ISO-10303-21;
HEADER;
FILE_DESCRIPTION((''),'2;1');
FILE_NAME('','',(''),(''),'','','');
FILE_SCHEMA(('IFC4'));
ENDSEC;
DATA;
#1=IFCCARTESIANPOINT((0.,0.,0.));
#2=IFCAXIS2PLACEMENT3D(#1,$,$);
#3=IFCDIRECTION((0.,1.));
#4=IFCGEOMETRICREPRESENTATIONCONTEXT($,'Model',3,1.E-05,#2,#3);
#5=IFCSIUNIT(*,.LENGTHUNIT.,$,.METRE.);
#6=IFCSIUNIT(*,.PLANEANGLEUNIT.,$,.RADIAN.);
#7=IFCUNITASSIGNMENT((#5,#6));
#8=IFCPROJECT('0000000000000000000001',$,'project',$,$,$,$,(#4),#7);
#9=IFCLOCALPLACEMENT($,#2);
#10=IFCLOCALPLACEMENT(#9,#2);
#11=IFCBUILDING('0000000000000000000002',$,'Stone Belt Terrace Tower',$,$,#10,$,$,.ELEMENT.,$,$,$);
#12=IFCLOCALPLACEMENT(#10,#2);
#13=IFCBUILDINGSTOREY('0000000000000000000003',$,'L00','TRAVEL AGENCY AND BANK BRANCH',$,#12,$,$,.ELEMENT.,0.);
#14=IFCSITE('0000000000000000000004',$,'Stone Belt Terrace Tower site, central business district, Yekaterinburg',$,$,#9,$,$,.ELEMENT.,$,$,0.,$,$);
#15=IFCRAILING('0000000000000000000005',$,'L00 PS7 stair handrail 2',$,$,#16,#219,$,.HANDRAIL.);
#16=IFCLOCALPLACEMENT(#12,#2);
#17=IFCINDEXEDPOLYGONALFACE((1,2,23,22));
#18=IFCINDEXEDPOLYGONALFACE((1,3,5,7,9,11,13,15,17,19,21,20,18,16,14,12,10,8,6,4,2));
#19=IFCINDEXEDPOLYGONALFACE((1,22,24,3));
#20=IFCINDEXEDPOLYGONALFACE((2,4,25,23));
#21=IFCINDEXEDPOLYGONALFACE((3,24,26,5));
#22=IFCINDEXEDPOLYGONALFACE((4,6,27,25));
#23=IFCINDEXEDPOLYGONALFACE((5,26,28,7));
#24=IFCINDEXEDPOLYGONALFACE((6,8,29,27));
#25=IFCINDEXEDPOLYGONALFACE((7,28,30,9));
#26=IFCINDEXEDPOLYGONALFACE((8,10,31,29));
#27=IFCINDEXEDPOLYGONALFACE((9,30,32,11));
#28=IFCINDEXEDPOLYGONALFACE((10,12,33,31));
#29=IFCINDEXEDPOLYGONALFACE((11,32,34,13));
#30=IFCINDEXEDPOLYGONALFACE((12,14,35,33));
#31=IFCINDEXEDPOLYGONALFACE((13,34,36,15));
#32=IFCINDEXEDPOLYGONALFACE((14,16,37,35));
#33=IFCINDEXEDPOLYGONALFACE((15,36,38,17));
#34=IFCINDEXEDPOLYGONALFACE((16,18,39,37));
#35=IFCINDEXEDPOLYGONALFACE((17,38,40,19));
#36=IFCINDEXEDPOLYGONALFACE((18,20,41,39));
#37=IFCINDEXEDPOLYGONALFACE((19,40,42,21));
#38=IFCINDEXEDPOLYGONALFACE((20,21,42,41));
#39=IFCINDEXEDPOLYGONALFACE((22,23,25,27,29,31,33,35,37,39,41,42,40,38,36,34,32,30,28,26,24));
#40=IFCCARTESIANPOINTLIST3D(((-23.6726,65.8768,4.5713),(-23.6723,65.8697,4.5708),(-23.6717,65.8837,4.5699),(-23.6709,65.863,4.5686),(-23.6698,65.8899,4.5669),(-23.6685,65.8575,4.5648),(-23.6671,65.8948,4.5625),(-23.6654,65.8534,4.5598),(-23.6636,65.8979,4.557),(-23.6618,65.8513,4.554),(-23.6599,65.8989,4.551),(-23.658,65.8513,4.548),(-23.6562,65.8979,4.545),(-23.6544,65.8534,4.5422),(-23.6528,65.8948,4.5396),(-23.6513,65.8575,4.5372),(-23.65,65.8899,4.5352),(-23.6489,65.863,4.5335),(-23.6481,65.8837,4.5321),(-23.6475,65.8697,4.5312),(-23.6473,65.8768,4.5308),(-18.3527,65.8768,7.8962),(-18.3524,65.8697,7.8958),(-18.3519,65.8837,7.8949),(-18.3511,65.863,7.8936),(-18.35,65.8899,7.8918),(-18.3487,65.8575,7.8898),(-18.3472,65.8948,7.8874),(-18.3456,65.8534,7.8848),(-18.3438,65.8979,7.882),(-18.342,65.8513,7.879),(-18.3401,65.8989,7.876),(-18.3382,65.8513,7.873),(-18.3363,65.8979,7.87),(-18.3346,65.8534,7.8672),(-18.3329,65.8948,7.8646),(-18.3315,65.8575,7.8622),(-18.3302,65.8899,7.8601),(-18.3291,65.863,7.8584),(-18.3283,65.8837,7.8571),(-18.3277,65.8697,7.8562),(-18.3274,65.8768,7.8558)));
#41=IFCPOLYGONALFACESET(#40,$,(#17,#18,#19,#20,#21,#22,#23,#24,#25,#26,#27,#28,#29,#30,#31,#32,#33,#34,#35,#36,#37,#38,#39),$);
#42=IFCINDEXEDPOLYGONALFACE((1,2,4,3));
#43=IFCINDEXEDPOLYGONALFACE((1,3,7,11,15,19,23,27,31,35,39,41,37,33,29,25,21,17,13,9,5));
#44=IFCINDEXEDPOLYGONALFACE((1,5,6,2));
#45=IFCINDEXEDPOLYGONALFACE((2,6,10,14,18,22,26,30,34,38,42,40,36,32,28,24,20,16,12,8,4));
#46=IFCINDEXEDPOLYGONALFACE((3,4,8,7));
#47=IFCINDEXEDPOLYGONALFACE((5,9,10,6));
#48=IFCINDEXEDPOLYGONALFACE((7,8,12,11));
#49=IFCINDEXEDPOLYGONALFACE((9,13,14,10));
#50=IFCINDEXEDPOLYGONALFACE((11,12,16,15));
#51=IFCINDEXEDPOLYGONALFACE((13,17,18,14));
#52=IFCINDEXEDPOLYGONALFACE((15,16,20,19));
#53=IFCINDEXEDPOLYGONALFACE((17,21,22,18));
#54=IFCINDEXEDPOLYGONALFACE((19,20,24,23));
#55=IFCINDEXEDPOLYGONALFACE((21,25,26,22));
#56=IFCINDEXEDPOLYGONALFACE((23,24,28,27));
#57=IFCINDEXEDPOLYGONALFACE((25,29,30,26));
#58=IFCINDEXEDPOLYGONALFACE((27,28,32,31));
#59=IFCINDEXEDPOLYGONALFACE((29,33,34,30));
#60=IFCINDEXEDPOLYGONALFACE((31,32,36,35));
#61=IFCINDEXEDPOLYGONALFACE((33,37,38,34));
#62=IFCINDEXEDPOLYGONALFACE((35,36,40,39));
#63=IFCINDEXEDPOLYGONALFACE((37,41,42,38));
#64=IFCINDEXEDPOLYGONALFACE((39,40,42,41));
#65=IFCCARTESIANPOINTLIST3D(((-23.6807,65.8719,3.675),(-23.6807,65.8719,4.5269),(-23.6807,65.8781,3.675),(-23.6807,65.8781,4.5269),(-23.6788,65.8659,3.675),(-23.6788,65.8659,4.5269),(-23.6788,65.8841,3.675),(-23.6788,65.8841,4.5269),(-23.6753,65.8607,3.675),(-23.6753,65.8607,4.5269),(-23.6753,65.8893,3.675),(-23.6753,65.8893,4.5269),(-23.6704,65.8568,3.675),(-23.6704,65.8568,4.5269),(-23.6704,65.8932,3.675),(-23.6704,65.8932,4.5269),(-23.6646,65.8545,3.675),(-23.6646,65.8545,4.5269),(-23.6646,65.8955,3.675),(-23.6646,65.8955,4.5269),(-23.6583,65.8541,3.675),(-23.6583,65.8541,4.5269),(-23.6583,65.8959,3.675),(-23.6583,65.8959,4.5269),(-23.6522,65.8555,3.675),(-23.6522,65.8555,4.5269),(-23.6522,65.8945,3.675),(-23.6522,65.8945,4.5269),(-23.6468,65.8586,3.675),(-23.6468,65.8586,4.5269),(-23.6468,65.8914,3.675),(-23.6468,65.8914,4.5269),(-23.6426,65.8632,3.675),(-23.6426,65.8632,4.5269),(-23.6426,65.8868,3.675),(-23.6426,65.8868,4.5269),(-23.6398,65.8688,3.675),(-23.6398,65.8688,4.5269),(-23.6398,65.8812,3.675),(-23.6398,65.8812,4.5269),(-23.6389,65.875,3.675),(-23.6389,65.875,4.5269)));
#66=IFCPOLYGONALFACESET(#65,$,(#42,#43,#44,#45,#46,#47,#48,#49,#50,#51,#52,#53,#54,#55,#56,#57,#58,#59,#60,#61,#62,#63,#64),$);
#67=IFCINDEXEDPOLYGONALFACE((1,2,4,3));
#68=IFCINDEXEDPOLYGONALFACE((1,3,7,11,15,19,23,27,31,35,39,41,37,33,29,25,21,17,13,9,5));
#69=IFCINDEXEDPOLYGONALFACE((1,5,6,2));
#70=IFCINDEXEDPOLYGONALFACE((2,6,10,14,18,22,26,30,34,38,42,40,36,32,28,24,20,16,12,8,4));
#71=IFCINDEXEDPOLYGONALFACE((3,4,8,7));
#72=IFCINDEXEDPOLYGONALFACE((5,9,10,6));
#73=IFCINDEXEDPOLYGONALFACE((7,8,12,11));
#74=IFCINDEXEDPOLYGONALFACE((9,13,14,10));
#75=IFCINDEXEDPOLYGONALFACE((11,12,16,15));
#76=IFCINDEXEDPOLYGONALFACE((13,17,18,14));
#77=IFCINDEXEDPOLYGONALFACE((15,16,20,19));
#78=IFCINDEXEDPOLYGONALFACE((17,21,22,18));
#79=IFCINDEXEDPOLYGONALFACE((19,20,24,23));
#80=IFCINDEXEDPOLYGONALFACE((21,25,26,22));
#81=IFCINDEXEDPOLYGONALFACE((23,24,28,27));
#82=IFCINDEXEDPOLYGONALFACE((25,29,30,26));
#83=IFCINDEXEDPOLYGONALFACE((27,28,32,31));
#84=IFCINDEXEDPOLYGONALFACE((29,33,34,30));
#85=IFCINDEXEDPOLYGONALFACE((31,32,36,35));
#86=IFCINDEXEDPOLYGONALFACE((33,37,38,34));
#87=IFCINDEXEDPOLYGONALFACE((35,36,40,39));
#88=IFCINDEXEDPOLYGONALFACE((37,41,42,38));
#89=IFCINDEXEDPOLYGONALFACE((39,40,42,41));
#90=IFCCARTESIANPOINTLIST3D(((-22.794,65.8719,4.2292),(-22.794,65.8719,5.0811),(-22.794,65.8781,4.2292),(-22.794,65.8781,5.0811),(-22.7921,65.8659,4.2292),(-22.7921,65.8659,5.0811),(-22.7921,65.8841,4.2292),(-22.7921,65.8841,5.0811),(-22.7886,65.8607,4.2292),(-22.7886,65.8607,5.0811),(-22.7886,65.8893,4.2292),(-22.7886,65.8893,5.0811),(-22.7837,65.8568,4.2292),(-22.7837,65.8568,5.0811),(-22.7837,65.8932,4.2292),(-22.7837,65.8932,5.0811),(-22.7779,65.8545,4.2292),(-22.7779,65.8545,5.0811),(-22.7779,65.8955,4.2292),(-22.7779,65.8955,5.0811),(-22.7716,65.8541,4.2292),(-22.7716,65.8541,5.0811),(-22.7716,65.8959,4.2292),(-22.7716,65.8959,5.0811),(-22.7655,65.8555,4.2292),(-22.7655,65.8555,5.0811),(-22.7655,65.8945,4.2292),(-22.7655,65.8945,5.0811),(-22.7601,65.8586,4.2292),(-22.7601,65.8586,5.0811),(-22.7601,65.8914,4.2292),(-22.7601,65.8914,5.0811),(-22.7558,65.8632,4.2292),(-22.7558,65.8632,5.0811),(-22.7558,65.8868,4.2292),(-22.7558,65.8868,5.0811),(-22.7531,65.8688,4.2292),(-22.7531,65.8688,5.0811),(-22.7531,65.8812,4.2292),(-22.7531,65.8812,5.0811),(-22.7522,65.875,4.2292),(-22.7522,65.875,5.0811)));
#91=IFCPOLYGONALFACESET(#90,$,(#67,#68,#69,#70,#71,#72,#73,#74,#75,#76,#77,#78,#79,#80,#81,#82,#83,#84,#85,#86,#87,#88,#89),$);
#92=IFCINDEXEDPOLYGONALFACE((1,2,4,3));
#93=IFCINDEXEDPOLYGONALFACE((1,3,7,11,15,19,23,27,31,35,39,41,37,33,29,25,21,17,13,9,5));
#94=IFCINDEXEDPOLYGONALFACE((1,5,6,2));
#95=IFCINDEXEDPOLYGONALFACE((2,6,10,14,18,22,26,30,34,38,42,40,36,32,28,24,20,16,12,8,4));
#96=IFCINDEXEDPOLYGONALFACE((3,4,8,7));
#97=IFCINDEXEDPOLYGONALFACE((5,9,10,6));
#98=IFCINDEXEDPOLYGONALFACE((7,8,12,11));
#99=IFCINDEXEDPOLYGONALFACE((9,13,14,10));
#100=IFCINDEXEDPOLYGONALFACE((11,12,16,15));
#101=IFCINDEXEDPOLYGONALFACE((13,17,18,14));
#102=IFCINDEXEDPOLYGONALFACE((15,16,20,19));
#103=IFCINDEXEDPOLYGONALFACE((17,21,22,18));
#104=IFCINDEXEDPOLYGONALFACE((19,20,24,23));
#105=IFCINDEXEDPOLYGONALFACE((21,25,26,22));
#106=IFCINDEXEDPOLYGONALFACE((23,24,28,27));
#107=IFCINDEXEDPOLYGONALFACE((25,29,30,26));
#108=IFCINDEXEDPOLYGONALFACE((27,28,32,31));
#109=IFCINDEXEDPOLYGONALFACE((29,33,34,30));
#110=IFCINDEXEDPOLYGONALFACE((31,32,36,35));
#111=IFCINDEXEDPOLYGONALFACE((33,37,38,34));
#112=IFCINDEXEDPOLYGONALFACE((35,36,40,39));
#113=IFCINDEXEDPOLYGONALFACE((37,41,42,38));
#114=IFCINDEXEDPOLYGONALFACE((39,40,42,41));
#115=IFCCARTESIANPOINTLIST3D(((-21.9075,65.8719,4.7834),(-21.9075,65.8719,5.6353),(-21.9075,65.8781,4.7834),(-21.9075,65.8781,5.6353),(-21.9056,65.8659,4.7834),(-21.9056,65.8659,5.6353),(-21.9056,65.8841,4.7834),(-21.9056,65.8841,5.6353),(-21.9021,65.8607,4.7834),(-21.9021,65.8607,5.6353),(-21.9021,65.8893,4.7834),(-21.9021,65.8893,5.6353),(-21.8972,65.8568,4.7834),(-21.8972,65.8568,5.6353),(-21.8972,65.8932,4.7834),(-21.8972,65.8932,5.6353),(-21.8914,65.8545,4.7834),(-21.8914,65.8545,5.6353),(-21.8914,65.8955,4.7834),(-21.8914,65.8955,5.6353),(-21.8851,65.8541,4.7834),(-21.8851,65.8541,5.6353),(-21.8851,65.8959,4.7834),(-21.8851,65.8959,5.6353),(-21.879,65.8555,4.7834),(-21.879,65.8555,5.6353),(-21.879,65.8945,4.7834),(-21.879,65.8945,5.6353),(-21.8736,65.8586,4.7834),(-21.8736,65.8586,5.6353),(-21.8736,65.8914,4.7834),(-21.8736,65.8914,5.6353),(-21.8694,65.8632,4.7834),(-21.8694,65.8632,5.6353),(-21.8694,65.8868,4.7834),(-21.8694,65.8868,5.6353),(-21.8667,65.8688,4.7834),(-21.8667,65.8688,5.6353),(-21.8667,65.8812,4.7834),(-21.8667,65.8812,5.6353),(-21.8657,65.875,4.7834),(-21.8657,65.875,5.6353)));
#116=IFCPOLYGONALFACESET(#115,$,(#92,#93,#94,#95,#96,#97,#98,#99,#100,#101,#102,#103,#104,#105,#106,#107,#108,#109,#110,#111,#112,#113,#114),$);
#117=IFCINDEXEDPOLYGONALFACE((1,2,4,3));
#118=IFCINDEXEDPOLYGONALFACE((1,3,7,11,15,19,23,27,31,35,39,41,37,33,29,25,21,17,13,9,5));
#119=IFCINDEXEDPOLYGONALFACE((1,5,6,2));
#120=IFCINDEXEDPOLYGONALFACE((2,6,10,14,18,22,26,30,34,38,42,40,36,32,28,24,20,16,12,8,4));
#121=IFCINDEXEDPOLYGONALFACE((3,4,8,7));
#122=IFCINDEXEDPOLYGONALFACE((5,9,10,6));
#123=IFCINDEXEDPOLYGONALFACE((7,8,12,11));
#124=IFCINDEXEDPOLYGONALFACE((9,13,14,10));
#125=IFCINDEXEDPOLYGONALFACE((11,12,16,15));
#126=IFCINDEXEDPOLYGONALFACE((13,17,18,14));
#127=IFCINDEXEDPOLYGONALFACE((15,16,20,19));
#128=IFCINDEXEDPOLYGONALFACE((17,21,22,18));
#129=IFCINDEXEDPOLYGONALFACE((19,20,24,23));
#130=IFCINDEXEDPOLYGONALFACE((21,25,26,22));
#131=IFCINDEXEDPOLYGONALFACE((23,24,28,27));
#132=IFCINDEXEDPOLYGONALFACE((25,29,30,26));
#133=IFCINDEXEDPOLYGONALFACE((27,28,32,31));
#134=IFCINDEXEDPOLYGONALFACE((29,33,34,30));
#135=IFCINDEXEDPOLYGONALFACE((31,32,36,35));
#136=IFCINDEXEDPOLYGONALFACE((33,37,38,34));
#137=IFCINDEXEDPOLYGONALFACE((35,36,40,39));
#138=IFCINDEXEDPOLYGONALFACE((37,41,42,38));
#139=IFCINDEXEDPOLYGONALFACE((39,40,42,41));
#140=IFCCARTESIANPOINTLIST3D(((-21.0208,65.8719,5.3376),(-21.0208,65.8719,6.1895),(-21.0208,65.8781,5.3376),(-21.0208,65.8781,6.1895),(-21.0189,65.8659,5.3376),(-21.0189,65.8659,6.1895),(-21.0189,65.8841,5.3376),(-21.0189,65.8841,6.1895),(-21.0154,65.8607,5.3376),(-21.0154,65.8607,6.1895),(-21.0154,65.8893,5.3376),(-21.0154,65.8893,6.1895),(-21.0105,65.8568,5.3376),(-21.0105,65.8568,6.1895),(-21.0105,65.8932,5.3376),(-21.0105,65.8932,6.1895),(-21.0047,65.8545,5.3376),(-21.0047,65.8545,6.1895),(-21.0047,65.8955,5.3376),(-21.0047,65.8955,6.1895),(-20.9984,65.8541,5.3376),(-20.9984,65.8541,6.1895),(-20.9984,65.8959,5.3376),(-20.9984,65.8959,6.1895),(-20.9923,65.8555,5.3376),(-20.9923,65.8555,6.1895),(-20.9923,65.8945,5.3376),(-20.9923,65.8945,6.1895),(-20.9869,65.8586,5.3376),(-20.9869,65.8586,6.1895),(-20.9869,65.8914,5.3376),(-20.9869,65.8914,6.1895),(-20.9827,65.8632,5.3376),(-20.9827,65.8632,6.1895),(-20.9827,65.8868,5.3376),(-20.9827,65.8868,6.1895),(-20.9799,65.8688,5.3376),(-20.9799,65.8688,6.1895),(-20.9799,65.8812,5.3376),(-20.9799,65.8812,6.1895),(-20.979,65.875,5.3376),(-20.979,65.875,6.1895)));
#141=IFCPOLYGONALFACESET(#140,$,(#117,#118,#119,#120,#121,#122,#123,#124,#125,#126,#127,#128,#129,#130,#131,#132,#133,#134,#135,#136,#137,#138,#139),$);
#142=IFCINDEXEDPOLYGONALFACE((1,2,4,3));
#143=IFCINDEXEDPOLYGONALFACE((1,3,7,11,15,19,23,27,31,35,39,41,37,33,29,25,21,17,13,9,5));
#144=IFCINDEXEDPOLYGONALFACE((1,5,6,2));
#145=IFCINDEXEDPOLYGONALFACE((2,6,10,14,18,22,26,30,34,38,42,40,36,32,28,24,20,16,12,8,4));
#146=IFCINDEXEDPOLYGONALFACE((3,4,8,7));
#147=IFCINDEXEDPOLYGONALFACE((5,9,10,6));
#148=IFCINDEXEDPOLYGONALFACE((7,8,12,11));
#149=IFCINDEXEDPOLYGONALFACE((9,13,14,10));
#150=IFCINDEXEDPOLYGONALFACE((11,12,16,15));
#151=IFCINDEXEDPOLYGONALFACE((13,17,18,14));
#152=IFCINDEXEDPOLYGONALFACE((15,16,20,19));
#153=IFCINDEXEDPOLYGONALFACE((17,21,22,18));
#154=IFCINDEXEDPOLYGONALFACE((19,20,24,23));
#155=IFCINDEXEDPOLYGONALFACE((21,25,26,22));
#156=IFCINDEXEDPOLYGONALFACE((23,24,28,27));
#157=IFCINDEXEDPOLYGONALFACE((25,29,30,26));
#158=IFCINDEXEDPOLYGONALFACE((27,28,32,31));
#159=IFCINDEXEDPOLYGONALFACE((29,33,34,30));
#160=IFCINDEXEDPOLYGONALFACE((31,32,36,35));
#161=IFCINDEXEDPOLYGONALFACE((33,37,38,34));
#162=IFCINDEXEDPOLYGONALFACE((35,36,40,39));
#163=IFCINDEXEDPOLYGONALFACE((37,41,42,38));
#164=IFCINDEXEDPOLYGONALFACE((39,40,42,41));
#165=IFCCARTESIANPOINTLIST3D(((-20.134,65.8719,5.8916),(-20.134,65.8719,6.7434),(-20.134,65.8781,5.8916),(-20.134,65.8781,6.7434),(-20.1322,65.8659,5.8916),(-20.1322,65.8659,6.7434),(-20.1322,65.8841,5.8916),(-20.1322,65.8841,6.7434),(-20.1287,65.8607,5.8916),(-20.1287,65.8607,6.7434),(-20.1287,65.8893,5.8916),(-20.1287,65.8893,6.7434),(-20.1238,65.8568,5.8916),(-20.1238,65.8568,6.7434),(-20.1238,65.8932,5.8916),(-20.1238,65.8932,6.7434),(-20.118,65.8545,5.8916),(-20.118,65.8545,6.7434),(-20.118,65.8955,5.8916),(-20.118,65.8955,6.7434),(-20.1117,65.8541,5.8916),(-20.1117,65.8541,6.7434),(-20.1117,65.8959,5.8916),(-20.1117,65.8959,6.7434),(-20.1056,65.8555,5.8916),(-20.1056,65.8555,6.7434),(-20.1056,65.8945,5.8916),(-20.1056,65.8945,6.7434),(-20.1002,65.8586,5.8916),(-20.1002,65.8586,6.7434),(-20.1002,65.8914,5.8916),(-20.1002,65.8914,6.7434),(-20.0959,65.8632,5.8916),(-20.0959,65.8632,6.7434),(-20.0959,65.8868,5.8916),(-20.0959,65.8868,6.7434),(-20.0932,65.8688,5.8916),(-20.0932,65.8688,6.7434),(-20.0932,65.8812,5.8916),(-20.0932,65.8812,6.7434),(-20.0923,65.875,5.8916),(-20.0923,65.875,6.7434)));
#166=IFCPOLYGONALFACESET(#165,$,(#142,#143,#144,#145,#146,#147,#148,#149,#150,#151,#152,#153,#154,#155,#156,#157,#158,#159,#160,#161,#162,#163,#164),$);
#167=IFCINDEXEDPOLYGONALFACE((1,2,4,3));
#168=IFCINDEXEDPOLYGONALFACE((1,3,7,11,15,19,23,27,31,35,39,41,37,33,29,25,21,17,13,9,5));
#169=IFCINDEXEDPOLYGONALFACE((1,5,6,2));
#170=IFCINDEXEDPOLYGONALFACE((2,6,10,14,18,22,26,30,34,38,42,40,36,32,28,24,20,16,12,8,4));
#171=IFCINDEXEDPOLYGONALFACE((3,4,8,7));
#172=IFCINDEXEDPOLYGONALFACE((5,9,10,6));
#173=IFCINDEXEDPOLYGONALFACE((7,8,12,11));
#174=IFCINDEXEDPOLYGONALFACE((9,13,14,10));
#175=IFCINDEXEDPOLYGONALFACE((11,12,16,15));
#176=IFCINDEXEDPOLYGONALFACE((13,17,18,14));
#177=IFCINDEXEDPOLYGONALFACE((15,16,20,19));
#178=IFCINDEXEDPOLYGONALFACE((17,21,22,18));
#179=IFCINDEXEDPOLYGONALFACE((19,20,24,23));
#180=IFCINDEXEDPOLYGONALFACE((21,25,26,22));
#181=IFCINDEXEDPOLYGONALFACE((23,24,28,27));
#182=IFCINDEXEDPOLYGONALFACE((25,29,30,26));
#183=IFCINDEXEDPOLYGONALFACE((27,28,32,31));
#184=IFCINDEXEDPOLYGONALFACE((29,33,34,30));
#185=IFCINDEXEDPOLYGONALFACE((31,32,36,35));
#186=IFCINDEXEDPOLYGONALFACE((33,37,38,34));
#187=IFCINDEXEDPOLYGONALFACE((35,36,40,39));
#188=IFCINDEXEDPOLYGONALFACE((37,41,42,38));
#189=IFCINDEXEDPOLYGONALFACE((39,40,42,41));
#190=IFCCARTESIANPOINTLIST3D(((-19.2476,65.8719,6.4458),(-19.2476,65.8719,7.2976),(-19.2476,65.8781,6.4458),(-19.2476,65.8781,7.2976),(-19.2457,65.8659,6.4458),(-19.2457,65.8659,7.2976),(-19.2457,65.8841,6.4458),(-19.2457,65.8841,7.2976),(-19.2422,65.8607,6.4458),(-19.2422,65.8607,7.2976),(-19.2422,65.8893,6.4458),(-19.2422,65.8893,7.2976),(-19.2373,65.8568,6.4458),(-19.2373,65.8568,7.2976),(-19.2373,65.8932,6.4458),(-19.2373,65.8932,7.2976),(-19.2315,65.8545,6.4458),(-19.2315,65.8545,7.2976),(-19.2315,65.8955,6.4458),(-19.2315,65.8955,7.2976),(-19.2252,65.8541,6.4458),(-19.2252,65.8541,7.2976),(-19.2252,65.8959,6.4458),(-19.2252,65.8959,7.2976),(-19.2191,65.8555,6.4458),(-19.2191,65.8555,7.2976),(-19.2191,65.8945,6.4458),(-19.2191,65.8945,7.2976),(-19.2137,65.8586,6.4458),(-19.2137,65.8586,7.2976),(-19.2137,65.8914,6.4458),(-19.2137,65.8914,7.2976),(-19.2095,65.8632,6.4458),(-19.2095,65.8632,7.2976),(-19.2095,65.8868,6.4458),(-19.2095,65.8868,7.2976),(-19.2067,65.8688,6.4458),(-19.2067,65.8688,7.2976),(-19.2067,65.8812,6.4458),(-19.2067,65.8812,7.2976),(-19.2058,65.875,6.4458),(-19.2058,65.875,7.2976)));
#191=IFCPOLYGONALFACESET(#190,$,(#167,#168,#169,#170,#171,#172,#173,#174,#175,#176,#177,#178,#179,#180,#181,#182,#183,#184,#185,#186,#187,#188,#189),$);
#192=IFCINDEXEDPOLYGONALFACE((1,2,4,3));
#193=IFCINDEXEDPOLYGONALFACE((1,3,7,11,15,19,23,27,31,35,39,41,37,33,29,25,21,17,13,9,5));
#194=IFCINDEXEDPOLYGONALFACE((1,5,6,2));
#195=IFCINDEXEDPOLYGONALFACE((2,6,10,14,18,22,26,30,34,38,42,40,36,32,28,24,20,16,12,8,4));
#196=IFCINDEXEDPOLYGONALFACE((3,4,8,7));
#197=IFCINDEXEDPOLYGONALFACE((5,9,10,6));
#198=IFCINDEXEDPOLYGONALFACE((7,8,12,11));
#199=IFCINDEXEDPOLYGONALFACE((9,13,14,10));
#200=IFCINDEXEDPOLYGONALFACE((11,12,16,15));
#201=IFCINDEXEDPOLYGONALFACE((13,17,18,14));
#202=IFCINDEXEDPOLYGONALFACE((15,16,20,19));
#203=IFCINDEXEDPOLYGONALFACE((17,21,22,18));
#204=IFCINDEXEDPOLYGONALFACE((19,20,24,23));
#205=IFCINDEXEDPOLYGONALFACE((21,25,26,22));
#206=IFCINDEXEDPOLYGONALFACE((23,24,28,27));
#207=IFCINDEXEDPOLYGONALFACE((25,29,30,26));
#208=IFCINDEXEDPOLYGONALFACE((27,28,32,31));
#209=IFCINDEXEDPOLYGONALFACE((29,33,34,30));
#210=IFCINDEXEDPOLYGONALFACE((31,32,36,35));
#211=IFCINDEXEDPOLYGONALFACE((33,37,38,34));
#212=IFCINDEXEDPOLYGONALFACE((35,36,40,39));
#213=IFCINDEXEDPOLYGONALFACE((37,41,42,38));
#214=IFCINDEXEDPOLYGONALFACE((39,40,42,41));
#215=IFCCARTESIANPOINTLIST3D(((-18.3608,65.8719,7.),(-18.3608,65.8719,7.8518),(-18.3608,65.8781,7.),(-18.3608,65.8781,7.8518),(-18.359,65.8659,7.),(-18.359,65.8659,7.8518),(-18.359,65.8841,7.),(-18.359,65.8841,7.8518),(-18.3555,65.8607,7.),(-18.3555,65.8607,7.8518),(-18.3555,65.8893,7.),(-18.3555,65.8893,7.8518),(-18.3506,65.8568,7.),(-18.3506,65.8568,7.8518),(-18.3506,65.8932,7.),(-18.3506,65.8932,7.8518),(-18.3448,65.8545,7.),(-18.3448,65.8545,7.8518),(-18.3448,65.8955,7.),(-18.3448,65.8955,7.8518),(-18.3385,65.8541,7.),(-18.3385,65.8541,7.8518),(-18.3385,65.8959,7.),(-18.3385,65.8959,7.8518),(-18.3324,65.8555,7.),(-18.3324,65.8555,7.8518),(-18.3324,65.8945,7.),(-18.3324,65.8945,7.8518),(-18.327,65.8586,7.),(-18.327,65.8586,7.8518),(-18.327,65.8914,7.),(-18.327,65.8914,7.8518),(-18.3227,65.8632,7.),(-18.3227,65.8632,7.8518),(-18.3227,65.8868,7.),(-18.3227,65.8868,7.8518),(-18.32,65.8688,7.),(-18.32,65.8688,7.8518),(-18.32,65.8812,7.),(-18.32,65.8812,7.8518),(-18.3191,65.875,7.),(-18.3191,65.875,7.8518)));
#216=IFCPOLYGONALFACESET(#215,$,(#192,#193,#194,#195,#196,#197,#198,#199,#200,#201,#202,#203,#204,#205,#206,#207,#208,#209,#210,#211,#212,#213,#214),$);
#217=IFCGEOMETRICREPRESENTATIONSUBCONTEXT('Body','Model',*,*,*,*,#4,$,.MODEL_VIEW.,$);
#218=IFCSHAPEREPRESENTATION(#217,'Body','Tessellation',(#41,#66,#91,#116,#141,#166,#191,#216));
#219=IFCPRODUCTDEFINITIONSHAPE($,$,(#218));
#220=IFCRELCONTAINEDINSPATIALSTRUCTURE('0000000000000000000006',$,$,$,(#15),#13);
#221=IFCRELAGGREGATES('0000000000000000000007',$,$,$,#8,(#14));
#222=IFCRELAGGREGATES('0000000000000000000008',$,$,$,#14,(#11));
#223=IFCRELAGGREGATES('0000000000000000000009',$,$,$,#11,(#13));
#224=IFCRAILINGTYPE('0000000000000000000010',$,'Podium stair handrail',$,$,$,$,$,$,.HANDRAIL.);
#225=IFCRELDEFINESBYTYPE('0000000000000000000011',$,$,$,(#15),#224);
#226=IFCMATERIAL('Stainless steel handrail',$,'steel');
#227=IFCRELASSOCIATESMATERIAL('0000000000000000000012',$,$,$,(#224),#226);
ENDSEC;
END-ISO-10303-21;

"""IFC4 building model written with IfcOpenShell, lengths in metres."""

from ifc_helpers import new_model, si_unit, direction, frame, origin, origin_2d, place, context, subcontext, project, spatial, circle, extrude, material, type_object, element, save


model = new_model("IFC4")

# Units and contexts
model_context = context("Model", 3, precision=1e-05, world=origin(), true_north=direction((0.0, 1.0)))
body_context = subcontext(model_context, "Body", "Model", "MODEL_VIEW")
ifc_project = project(units=[si_unit("LENGTHUNIT", "METRE"), si_unit("PLANEANGLEUNIT", "RADIAN")], contexts=[model_context])

# Site, building, storey
site_placement = place(None, origin())
site = spatial("IfcSite", under=ifc_project, at=site_placement, Name="Stone Belt Terrace Tower site, central business district, Yekaterinburg", CompositionType="ELEMENT", RefElevation=0.0)
building_placement = place(site_placement, origin())
building = spatial("IfcBuilding", under=site, at=building_placement, Name="Stone Belt Terrace Tower", CompositionType="ELEMENT")
storey_placement = place(building_placement, origin())
storey = spatial("IfcBuildingStorey", under=building, at=storey_placement, Name="L00", Description="TRAVEL AGENCY AND BANK BRANCH", CompositionType="ELEMENT", Elevation=0.0)

# Railing
ifc_material_1 = material(Name="Stainless steel handrail", Category="steel")
railing_type_1 = type_object("IfcRailingType", Name="Podium stair handrail", PredefinedType="HANDRAIL", material=ifc_material_1)
railing_1_placement = place(storey_placement, frame((-23.6599, 65.875, 3.675)))
element("IfcRailing", 1, at=railing_1_placement, inside=storey, type_object=railing_type_1, Name="L00 PS7 stair handrail 2", PredefinedType="HANDRAIL", context=body_context, shape_type="SweptSolid", body=[
    extrude(circle(Radius=0.0239, at=origin_2d()), frame((0.0, 0.0, 0.876), z_axis=(0.847994, 0.0, 0.530006), x_axis=(0.0, 1.0, 0.0)), (0.0, 0.0, 1.0), 6.2734),
    extrude(circle(Radius=0.021, at=origin_2d()), origin(), (0.0, 0.0, 1.0), 0.8518),
    extrude(circle(Radius=0.021, at=origin_2d()), frame((0.8867, 0.0, 0.5542)), (0.0, 0.0, 1.0), 0.8518),
    extrude(circle(Radius=0.021, at=origin_2d()), frame((1.7732, 0.0, 1.1084)), (0.0, 0.0, 1.0), 0.8518),
    extrude(circle(Radius=0.021, at=origin_2d()), frame((2.6599, 0.0, 1.6626)), (0.0, 0.0, 1.0), 0.8518),
    extrude(circle(Radius=0.021, at=origin_2d()), frame((3.5466, 0.0, 2.2166)), (0.0, 0.0, 1.0), 0.8518),
    extrude(circle(Radius=0.021, at=origin_2d()), frame((4.4331, 0.0, 2.7708)), (0.0, 0.0, 1.0), 0.8518),
    extrude(circle(Radius=0.021, at=origin_2d()), frame((5.3198, 0.0, 3.325)), (0.0, 0.0, 1.0), 0.8518),
])

save(model, "model.ifc")
